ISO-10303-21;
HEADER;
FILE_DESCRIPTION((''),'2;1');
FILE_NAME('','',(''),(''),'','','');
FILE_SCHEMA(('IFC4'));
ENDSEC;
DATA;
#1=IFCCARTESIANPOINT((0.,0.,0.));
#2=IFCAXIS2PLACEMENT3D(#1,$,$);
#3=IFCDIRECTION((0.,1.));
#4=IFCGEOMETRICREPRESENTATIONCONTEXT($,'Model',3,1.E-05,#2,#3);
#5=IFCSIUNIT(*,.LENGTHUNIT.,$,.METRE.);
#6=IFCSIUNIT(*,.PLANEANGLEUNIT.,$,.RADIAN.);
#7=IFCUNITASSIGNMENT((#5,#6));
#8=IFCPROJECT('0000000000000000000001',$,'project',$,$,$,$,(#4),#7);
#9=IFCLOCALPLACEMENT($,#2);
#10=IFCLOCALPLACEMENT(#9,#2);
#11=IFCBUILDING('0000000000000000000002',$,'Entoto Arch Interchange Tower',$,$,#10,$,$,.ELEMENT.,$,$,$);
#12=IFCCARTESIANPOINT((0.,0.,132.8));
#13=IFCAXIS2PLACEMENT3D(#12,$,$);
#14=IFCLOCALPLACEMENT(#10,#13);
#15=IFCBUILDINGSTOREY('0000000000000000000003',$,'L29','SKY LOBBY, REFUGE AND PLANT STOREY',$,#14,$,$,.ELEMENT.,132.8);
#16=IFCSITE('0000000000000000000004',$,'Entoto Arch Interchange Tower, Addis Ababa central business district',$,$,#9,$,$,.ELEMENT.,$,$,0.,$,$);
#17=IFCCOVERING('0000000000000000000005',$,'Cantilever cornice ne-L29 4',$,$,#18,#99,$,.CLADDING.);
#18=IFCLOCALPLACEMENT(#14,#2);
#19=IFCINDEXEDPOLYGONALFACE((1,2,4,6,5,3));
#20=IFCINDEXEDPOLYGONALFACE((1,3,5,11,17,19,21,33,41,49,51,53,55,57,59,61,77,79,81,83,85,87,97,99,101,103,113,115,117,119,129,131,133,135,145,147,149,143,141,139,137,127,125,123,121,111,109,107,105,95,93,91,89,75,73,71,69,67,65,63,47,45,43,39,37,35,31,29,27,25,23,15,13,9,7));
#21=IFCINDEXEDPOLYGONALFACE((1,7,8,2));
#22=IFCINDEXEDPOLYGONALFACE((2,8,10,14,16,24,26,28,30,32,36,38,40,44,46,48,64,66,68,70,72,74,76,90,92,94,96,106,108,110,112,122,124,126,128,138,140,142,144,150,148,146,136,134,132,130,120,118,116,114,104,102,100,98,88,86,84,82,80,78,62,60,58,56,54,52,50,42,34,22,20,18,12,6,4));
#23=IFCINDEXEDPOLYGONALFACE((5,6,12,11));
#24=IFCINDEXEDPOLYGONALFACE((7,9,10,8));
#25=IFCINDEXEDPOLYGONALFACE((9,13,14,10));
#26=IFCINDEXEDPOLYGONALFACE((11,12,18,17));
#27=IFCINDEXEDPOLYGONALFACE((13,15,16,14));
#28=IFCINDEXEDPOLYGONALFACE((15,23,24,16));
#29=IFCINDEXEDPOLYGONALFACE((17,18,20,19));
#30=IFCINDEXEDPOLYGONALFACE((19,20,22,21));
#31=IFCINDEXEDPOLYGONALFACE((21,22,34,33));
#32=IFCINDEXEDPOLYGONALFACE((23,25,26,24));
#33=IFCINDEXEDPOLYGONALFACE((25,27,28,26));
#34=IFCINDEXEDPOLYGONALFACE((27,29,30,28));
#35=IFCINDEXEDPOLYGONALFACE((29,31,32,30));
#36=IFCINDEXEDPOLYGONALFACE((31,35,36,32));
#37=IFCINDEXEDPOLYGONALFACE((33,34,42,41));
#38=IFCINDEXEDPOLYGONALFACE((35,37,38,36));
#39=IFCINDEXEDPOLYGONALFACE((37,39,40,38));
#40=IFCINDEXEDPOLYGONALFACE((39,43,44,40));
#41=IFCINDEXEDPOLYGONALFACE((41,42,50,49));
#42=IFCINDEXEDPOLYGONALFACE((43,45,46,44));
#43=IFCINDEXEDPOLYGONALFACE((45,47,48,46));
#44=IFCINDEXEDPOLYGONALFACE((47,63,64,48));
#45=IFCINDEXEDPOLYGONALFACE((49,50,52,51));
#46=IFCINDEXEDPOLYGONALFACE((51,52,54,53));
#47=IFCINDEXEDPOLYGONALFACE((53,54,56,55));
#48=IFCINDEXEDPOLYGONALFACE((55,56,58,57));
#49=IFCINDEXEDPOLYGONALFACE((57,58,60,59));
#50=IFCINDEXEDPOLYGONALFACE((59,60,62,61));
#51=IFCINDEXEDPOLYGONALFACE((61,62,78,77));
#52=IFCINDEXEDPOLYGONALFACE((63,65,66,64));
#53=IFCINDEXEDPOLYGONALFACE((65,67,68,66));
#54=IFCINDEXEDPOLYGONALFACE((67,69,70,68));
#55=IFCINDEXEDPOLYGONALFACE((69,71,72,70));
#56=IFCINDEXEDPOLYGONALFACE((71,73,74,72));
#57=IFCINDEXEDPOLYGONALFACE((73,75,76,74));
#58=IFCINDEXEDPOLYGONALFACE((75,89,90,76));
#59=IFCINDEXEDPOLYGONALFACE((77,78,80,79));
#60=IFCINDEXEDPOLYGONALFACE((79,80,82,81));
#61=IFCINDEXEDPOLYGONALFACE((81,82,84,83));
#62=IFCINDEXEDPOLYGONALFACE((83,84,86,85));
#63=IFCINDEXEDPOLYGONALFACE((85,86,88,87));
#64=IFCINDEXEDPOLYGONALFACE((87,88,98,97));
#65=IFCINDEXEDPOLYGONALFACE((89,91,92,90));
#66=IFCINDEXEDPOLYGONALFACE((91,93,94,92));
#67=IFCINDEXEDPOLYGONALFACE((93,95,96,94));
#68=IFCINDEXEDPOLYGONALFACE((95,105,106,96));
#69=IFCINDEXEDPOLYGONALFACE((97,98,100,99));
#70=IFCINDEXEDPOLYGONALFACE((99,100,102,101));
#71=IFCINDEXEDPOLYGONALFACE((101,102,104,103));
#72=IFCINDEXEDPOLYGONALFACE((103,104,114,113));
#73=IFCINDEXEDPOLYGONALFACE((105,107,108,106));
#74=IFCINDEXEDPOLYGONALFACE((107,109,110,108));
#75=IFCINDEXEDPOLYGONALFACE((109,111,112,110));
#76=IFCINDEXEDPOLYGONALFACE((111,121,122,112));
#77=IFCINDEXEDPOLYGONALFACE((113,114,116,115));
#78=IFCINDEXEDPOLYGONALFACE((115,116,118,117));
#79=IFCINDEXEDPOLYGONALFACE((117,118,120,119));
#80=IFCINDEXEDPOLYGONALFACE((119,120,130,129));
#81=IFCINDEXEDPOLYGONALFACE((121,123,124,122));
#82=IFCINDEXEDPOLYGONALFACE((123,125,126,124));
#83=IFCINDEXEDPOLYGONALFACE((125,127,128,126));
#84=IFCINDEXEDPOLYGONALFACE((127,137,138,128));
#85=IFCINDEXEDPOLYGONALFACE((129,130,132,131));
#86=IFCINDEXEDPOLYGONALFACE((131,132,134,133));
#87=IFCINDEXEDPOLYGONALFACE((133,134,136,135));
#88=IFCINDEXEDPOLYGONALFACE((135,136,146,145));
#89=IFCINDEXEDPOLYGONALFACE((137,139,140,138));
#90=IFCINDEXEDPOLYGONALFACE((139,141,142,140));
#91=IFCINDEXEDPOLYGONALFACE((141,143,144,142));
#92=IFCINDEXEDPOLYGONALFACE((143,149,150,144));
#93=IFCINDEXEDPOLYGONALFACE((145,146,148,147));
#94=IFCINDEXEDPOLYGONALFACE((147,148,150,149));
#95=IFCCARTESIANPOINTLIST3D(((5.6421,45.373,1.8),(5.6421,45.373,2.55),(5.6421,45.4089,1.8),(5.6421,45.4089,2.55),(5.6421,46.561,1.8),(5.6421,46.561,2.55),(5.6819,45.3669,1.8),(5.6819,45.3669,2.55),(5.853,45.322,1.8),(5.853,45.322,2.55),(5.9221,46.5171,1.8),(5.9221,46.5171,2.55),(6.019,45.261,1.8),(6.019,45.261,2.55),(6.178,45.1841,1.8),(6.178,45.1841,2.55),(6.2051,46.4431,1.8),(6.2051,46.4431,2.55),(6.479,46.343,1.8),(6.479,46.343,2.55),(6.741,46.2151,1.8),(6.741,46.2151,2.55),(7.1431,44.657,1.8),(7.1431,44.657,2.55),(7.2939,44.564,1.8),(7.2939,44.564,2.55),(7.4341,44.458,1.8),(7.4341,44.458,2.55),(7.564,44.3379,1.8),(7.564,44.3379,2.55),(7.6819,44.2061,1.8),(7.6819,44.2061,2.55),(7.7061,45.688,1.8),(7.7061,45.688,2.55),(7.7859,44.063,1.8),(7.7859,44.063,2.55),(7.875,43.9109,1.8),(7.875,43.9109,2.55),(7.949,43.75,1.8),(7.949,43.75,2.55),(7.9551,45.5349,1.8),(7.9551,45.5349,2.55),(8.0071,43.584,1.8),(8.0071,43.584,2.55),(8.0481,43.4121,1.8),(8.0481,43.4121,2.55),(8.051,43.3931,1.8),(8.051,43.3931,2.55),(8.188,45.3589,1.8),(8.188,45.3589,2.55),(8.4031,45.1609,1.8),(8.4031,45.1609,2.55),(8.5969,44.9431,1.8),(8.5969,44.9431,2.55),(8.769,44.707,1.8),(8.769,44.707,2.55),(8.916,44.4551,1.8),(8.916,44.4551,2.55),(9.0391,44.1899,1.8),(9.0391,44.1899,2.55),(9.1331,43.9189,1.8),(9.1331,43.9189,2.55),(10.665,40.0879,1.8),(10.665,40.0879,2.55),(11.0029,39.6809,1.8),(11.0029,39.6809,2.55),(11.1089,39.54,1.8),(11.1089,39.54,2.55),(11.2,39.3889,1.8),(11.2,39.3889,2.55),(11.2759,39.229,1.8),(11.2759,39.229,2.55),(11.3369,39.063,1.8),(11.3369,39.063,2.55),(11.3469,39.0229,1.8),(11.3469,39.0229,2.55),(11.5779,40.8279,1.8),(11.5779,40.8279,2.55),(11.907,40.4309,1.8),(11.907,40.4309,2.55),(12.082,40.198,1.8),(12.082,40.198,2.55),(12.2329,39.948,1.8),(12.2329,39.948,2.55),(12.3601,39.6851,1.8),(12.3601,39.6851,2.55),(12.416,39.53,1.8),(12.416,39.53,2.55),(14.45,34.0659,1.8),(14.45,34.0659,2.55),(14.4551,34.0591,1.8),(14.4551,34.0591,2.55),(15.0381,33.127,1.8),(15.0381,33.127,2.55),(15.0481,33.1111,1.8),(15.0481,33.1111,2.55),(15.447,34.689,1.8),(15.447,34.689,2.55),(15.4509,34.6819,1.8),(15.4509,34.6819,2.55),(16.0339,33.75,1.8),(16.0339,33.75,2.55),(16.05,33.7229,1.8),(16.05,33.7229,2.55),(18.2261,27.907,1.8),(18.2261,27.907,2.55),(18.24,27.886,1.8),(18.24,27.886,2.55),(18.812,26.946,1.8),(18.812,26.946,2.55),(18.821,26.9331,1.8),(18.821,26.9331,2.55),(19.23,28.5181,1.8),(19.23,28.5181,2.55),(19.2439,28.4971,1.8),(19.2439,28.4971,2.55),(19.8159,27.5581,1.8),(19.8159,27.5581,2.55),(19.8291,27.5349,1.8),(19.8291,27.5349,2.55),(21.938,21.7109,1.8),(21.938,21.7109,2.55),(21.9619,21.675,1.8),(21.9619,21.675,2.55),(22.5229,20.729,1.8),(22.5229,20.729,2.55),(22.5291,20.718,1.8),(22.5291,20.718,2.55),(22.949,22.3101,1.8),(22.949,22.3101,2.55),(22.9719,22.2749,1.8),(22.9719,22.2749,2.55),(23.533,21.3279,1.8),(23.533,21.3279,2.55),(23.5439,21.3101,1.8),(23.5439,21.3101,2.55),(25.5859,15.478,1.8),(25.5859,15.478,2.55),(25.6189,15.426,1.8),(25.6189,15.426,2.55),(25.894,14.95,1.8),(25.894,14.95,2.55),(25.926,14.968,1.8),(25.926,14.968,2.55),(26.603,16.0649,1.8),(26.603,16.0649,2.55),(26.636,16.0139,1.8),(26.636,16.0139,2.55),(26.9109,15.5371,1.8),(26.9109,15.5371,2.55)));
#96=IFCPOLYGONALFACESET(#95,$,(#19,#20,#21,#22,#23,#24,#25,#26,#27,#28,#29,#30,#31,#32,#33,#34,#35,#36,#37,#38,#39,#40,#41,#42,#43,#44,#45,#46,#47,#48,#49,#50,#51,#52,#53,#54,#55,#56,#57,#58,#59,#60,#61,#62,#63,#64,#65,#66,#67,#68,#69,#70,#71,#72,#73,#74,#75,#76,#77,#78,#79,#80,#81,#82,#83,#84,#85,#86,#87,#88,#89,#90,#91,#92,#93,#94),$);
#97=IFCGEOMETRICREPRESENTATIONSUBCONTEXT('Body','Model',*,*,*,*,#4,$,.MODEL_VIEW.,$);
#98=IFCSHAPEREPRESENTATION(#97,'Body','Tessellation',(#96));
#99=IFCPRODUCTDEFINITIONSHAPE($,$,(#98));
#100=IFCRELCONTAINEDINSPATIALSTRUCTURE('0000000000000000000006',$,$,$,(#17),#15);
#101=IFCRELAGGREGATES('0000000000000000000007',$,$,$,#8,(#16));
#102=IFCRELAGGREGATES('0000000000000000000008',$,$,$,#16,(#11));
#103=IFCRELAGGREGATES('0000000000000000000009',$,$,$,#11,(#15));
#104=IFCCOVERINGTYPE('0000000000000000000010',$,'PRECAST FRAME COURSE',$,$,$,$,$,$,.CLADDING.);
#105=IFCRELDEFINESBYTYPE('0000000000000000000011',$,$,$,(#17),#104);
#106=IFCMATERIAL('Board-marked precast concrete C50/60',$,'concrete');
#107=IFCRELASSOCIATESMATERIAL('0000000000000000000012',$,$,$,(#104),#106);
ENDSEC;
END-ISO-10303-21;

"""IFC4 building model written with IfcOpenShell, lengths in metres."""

from ifc_helpers import new_model, si_unit, direction, frame, origin, place, context, subcontext, project, spatial, polyline, outline, extrude, material, type_object, element, save


model = new_model("IFC4")

# Units and contexts
model_context = context("Model", 3, precision=1e-05, world=origin(), true_north=direction((0.0, 1.0)))
body_context = subcontext(model_context, "Body", "Model", "MODEL_VIEW")
ifc_project = project(units=[si_unit("LENGTHUNIT", "METRE"), si_unit("PLANEANGLEUNIT", "RADIAN")], contexts=[model_context])

# Site, building, storey
site_placement = place(None, origin())
site = spatial("IfcSite", under=ifc_project, at=site_placement, Name="Entoto Arch Interchange Tower, Addis Ababa central business district", CompositionType="ELEMENT", RefElevation=0.0)
building_placement = place(site_placement, origin())
building = spatial("IfcBuilding", under=site, at=building_placement, Name="Entoto Arch Interchange Tower", CompositionType="ELEMENT")
storey_placement = place(building_placement, frame((0.0, 0.0, 132.8)))
storey = spatial("IfcBuildingStorey", under=building, at=storey_placement, Name="L29", Description="SKY LOBBY, REFUGE AND PLANT STOREY", CompositionType="ELEMENT", Elevation=132.8)

# Covering
ifc_material_1 = material(Name="Board-marked precast concrete C50/60", Category="concrete")
covering_type_1 = type_object("IfcCoveringType", Name="PRECAST FRAME COURSE", PredefinedType="CLADDING", material=ifc_material_1)
covering_1_placement = place(storey_placement, frame((0.0, 0.0, 1.8)))
element("IfcCovering", 1, at=covering_1_placement, inside=storey, type_object=covering_type_1, Name="Cantilever cornice ne-L29 4", PredefinedType="CLADDING", context=body_context, shape_type="SweptSolid", body=[
    extrude(outline(polyline([(25.926, 14.968), (25.894, 14.95), (25.6189, 15.426), (25.5859, 15.478), (22.5291, 20.718), (22.5229, 20.729), (21.9619, 21.675), (21.938, 21.7109), (18.821, 26.9331), (18.812, 26.946), (18.24, 27.886), (18.2261, 27.907), (15.0481, 33.1111), (15.0381, 33.127), (14.4551, 34.0591), (14.45, 34.0659), (11.3469, 39.0229), (11.3369, 39.063), (11.2759, 39.229), (11.2, 39.3889), (11.1089, 39.54), (11.0029, 39.6809), (10.665, 40.0879), (8.051, 43.3931), (8.0481, 43.4121), (8.0071, 43.584), (7.949, 43.75), (7.875, 43.9109), (7.7859, 44.063), (7.6819, 44.2061), (7.564, 44.3379), (7.4341, 44.458), (7.2939, 44.564), (7.1431, 44.657), (6.178, 45.1841), (6.019, 45.261), (5.853, 45.322), (5.6819, 45.3669), (5.6421, 45.373), (5.6421, 45.4089), (5.6421, 46.561), (5.9221, 46.5171), (6.2051, 46.4431), (6.479, 46.343), (6.741, 46.2151), (7.7061, 45.688), (7.9551, 45.5349), (8.188, 45.3589), (8.4031, 45.1609), (8.5969, 44.9431), (8.769, 44.707), (8.916, 44.4551), (9.0391, 44.1899), (9.1331, 43.9189), (11.5779, 40.8279), (11.907, 40.4309), (12.082, 40.198), (12.2329, 39.948), (12.3601, 39.6851), (12.416, 39.53), (15.447, 34.689), (15.4509, 34.6819), (16.0339, 33.75), (16.05, 33.7229), (19.23, 28.5181), (19.2439, 28.4971), (19.8159, 27.5581), (19.8291, 27.5349), (22.949, 22.3101), (22.9719, 22.2749), (23.533, 21.3279), (23.5439, 21.3101), (26.603, 16.0649), (26.636, 16.0139), (26.9109, 15.5371), (25.926, 14.968)])), origin(), (0.0, 0.0, 1.0), 0.75),
])

save(model, "model.ifc")
